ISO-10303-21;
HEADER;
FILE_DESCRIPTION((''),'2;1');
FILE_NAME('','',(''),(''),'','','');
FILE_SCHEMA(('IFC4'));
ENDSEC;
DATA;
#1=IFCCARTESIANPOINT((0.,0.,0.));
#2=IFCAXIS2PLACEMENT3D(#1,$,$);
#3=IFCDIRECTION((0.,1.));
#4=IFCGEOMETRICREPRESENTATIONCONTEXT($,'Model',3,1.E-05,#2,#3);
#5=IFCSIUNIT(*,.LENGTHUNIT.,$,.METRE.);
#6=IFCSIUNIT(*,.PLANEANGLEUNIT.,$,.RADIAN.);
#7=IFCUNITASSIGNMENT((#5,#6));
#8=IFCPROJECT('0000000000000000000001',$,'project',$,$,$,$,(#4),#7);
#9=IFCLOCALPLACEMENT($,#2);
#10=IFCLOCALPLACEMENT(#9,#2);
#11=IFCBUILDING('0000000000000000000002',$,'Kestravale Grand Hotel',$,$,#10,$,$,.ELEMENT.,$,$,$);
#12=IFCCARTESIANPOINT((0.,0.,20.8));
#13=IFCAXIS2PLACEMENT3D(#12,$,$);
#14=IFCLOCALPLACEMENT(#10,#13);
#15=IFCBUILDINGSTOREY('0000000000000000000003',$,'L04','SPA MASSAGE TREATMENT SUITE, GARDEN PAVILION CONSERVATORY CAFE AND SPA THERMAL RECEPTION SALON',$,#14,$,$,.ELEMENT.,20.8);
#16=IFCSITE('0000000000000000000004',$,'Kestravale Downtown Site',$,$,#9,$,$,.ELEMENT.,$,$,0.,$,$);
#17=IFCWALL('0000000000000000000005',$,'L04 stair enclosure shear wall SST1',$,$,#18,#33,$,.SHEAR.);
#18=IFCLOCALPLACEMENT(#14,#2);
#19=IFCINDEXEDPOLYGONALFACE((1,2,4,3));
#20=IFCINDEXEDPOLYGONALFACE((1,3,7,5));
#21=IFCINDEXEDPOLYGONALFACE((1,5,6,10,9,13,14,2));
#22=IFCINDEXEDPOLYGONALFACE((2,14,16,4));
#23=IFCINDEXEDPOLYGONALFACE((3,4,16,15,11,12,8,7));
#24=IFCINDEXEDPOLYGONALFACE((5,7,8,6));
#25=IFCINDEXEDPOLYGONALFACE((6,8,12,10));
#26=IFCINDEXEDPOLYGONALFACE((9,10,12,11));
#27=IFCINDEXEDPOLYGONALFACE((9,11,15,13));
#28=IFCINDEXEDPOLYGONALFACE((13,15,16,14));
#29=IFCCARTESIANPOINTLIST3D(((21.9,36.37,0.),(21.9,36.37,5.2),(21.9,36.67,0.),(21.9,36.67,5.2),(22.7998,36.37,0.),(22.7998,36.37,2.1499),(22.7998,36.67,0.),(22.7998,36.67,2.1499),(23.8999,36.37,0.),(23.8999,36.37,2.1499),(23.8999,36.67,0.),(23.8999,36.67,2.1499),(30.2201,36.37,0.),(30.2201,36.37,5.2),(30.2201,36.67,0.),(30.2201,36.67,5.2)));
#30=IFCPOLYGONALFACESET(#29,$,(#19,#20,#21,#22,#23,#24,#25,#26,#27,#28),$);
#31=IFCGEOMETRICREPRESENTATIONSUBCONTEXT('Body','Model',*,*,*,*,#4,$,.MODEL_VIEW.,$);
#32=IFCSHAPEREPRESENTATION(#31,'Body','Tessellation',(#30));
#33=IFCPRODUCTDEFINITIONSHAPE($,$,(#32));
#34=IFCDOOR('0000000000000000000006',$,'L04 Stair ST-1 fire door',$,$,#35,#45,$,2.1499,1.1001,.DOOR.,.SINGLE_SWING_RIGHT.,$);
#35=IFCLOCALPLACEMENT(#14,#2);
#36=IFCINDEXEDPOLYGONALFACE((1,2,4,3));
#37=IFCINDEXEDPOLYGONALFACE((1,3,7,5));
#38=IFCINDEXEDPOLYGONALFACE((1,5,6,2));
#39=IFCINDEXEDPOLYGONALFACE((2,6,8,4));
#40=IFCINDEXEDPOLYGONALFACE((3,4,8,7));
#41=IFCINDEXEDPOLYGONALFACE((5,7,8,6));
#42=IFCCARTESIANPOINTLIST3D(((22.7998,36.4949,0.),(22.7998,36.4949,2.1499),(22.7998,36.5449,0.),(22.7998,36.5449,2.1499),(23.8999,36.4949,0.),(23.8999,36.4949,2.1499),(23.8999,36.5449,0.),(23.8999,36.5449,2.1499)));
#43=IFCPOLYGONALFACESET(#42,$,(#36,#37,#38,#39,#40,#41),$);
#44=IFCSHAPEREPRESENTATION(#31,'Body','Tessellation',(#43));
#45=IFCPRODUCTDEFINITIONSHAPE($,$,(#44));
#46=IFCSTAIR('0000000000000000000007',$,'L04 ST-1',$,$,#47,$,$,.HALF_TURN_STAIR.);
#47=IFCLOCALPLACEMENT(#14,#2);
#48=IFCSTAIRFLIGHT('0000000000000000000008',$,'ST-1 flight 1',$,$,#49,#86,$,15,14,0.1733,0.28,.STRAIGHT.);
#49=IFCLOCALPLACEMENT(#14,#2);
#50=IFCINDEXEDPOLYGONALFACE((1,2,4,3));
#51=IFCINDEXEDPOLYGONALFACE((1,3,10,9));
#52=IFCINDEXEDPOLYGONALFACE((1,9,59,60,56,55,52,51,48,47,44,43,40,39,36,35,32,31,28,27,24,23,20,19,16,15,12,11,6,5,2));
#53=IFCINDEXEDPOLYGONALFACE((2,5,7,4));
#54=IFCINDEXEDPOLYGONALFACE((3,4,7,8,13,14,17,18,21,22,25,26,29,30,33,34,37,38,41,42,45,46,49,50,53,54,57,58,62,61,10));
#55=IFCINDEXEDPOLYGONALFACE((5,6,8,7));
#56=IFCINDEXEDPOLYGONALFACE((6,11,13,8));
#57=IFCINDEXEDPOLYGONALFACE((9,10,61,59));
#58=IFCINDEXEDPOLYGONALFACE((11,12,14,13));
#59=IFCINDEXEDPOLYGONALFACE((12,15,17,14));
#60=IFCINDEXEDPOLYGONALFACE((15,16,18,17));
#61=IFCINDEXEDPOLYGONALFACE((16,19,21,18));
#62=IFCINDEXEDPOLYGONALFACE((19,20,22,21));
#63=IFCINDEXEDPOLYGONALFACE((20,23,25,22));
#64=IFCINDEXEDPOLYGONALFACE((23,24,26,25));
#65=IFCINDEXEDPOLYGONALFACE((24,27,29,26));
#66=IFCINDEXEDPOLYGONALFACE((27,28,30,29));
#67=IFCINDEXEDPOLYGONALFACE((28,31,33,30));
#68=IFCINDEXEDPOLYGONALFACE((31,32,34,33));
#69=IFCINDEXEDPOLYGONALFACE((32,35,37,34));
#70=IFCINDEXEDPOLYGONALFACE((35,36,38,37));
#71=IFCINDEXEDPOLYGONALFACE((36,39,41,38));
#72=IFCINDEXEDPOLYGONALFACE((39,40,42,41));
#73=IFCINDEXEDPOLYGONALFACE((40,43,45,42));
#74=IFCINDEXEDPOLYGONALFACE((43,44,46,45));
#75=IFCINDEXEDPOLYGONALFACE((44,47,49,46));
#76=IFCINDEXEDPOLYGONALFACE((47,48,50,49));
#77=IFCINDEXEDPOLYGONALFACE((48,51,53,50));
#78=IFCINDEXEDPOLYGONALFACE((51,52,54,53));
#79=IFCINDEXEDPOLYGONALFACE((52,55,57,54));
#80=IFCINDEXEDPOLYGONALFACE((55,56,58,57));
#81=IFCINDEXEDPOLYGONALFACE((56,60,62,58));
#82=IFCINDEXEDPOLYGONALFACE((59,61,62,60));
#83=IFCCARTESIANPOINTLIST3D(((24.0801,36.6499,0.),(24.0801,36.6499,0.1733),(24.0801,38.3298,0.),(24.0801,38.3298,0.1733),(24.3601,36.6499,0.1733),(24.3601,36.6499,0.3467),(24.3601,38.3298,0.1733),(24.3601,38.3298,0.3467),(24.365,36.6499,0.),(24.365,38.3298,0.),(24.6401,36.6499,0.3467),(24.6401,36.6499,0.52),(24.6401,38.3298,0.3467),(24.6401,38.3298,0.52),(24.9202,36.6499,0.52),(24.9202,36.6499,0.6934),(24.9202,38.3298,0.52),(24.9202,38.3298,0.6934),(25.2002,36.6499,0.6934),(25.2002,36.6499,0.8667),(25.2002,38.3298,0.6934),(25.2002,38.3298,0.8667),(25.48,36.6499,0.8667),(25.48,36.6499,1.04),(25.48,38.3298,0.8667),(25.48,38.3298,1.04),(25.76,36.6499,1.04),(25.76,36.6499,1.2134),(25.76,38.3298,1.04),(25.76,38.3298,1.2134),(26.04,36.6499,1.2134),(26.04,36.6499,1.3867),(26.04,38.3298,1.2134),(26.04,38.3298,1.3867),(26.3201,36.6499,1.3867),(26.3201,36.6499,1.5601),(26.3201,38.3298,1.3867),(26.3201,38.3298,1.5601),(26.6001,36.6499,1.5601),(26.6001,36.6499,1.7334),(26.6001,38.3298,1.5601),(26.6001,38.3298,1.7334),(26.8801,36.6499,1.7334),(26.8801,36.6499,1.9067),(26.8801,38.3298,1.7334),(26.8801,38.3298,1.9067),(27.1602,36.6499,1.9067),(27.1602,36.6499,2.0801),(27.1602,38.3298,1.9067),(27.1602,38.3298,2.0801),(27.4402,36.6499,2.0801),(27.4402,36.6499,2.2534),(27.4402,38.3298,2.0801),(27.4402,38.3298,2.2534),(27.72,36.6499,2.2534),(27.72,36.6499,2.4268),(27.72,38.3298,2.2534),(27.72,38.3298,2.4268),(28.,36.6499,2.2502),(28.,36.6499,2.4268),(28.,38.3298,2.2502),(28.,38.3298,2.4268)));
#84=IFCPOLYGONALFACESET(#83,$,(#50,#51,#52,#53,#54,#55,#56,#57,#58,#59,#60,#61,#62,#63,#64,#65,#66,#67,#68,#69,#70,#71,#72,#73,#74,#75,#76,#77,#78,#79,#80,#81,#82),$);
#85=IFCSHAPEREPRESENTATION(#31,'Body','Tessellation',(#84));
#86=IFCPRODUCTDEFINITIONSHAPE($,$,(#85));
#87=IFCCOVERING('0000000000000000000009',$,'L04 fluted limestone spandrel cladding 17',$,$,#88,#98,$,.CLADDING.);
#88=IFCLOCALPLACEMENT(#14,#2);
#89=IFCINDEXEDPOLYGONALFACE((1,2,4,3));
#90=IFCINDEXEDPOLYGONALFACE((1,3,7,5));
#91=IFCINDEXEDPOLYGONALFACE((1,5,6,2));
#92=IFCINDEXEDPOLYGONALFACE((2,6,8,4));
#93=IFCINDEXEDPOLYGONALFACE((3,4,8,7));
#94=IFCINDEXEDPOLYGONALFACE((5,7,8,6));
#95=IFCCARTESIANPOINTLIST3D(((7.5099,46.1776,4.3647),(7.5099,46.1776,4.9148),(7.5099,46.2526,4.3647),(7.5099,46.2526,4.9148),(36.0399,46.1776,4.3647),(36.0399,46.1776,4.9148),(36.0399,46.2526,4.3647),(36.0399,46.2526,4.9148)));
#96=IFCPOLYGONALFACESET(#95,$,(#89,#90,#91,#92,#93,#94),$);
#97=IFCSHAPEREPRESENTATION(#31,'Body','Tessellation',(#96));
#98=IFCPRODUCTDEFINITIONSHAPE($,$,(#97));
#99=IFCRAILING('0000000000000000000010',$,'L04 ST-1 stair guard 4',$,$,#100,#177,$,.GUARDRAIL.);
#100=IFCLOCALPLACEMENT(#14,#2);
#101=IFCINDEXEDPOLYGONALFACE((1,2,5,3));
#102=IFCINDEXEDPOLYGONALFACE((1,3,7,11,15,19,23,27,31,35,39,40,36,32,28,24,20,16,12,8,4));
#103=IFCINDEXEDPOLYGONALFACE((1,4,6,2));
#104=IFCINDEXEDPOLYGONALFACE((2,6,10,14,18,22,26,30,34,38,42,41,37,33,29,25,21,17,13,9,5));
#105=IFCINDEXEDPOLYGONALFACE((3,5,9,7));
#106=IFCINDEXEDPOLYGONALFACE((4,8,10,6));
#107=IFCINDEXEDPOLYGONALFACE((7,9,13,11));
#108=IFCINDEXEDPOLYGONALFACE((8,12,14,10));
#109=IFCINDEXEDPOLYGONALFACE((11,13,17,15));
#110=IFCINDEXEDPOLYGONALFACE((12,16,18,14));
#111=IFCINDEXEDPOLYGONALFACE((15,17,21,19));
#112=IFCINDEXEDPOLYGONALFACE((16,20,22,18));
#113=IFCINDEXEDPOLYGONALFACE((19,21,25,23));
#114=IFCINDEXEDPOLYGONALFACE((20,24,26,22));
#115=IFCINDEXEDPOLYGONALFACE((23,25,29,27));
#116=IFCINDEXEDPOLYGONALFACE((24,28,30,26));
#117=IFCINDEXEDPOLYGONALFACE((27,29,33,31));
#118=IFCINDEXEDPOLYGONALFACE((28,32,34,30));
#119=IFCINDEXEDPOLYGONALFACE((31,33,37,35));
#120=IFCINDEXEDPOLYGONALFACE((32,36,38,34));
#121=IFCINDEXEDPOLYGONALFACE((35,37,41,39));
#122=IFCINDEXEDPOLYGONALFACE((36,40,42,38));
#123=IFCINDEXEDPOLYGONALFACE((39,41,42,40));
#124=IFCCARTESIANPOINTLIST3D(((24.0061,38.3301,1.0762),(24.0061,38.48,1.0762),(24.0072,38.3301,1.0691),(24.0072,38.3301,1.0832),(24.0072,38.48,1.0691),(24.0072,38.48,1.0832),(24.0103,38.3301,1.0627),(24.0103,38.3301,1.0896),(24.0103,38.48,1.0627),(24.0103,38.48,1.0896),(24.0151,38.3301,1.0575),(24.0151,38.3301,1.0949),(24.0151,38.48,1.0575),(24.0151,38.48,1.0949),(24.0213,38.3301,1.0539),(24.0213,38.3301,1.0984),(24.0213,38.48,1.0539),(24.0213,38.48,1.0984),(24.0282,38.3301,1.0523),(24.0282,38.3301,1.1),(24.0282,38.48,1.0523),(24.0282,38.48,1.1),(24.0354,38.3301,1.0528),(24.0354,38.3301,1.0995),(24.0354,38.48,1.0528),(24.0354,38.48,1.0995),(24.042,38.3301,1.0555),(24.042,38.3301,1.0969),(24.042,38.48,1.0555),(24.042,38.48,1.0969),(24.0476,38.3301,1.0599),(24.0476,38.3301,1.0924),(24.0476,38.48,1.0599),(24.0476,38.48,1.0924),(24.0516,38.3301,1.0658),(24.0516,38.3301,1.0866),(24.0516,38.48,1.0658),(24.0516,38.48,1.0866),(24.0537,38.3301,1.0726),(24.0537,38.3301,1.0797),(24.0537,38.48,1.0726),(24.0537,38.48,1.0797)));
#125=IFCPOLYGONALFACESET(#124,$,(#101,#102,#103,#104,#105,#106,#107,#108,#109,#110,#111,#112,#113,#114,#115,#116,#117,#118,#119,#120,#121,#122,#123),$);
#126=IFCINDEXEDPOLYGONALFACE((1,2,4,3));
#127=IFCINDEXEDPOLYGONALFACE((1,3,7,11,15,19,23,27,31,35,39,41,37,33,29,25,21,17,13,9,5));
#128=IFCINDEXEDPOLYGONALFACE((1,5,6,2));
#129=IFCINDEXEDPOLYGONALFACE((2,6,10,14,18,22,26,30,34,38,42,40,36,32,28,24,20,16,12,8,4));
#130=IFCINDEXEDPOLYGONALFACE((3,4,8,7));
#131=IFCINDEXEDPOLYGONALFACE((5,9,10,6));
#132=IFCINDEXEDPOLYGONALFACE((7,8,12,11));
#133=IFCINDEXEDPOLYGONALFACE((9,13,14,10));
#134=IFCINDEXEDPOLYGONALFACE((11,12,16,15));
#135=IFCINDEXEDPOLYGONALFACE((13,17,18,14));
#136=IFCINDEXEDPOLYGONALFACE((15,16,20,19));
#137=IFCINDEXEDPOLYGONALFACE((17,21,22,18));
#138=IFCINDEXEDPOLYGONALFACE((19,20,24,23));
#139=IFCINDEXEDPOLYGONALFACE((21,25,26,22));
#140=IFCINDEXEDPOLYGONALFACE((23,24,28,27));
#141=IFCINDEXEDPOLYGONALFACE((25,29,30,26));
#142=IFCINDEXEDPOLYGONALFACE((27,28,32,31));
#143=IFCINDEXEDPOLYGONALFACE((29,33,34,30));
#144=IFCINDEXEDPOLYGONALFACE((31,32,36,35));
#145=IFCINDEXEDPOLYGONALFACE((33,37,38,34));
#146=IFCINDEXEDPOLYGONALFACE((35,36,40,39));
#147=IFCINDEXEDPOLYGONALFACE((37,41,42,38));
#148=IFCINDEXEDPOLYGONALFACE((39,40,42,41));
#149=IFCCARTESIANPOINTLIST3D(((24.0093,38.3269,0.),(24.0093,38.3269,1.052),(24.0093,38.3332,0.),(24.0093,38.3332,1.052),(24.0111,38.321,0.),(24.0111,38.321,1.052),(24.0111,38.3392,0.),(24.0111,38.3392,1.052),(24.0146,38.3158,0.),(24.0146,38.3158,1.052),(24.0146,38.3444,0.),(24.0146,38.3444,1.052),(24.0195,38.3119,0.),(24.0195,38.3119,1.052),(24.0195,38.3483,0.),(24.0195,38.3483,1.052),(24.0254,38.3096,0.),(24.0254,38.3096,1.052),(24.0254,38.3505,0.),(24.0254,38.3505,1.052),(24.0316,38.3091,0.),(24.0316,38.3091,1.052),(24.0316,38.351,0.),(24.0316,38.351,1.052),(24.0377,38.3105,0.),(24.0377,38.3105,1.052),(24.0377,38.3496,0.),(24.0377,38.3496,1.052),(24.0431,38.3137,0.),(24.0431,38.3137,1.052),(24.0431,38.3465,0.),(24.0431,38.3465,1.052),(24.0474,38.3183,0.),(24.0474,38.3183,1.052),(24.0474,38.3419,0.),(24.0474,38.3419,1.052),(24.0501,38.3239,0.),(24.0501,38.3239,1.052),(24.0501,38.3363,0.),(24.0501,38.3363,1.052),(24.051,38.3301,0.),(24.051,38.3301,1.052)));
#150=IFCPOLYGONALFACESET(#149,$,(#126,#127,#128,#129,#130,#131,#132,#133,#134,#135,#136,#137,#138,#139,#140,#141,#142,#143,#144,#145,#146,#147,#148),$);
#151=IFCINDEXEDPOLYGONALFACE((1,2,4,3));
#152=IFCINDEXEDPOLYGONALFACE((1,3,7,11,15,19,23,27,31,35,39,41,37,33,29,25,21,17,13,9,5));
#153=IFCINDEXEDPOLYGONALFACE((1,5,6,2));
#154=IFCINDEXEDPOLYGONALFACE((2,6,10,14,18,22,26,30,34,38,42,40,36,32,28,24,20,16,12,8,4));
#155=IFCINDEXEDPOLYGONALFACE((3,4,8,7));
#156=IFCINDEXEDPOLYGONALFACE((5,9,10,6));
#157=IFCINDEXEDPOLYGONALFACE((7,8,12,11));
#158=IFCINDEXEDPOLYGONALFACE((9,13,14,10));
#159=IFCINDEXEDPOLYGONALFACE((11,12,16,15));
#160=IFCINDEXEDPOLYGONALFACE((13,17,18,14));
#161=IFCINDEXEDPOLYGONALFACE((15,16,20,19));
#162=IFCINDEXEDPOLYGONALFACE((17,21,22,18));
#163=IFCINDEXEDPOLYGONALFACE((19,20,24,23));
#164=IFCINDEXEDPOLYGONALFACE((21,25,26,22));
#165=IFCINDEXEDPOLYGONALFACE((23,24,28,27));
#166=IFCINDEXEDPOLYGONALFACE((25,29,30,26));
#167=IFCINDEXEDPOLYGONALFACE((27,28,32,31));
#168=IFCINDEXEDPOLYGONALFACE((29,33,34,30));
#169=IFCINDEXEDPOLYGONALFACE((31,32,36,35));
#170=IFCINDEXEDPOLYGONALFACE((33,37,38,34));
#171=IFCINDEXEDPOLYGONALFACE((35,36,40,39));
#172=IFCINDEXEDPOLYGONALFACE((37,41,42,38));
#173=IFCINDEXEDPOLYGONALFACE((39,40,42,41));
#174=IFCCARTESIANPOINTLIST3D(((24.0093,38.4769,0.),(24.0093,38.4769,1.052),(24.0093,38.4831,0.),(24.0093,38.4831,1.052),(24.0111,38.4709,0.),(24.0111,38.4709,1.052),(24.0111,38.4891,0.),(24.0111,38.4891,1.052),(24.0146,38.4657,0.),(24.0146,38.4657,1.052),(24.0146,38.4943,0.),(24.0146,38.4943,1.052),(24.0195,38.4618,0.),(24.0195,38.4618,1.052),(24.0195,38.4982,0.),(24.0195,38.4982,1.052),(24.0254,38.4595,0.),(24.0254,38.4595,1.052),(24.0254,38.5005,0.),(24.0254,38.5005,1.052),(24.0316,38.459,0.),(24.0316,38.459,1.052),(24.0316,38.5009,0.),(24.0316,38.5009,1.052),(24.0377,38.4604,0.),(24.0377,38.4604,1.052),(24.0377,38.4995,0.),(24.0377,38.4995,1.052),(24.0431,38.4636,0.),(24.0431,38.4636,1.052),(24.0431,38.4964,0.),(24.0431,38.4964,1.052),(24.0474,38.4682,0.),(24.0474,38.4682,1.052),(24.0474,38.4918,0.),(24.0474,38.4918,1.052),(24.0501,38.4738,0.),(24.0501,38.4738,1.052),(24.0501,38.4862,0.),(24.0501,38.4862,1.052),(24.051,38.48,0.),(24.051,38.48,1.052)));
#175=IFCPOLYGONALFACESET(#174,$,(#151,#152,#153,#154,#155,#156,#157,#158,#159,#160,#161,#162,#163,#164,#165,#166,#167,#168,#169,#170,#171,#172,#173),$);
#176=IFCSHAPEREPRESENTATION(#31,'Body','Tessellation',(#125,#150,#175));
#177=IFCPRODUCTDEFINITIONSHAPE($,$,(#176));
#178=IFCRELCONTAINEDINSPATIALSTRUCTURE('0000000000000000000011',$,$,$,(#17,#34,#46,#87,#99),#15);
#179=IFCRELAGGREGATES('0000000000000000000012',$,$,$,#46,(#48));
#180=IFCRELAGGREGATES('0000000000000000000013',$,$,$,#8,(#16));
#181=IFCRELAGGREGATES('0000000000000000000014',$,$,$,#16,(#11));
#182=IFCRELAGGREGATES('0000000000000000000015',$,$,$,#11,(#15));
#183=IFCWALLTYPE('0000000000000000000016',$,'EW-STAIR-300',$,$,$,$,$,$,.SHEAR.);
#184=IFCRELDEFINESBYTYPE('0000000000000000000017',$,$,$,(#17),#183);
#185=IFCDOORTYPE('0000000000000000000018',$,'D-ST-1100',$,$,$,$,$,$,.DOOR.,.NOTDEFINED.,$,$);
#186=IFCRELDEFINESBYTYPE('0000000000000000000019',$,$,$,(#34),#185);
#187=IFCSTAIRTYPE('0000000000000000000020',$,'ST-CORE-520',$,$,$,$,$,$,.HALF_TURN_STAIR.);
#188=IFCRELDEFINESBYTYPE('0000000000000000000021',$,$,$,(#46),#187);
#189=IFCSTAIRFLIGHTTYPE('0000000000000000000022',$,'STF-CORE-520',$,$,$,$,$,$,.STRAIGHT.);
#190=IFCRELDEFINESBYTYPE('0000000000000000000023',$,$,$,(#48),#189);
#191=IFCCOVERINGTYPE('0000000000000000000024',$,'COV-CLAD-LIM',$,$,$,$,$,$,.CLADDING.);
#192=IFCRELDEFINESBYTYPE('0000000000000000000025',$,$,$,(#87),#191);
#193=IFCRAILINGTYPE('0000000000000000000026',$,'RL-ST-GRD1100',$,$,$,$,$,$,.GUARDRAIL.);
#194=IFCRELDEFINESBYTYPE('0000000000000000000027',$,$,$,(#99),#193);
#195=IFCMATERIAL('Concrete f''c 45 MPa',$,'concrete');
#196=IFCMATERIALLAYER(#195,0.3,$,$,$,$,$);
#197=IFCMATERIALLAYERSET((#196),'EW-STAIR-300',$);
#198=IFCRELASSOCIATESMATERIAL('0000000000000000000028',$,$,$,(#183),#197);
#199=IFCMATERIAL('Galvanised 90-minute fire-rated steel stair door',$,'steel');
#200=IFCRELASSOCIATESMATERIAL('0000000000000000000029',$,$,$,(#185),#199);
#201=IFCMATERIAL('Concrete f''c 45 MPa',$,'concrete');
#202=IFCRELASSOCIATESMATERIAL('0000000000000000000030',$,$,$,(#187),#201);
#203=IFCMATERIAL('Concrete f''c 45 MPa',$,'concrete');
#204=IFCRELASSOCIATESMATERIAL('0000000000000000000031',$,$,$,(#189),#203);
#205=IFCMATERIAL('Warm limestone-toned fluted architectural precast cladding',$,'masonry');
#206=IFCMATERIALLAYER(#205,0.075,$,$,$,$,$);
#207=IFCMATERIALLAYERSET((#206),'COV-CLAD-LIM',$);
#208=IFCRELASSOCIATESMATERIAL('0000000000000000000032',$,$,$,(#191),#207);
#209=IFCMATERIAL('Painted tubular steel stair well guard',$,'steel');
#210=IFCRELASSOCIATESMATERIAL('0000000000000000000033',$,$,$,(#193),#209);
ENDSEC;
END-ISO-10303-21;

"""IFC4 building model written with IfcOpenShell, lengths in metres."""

from ifc_helpers import new_model, si_unit, direction, frame, frame_2d, origin, origin_2d, place, context, subcontext, project, spatial, polyline, rectangle, circle, outline, extrude, material, layer, layer_set, type_object, element, fill, aggregate, save


model = new_model("IFC4")

# Units and contexts
model_context = context("Model", 3, precision=1e-05, world=origin(), true_north=direction((0.0, 1.0)))
body_context = subcontext(model_context, "Body", "Model", "MODEL_VIEW")
ifc_project = project(units=[si_unit("LENGTHUNIT", "METRE"), si_unit("PLANEANGLEUNIT", "RADIAN")], contexts=[model_context])

# Site, building, storey
site_placement = place(None, origin())
site = spatial("IfcSite", under=ifc_project, at=site_placement, Name="Kestravale Downtown Site", CompositionType="ELEMENT", RefElevation=0.0)
building_placement = place(site_placement, origin())
building = spatial("IfcBuilding", under=site, at=building_placement, Name="Kestravale Grand Hotel", CompositionType="ELEMENT")
storey_placement = place(building_placement, frame((0.0, 0.0, 20.8)))
storey = spatial("IfcBuildingStorey", under=building, at=storey_placement, Name="L04", Description="SPA MASSAGE TREATMENT SUITE, GARDEN PAVILION CONSERVATORY CAFE AND SPA THERMAL RECEPTION SALON", CompositionType="ELEMENT", Elevation=20.8)

# Wall, opening, door
ifc_material_1 = material(Name="Concrete f'c 45 MPa", Category="concrete")
ifc_layer_1 = layer(ifc_material_1, 0.3)
ifc_layer_set_1 = layer_set([ifc_layer_1], Name="EW-STAIR-300")
wall_type_1 = type_object("IfcWallType", Name="EW-STAIR-300", PredefinedType="SHEAR", material=ifc_layer_set_1)
wall_1_placement = place(storey_placement, frame((21.8999, 36.52, 0.0), z_axis=(0.0, 0.0, 1.0), x_axis=(1.0, 0.0, 0.0)))
wall_1 = element("IfcWall", 1, at=wall_1_placement, inside=storey, type_object=wall_type_1, Name="L04 stair enclosure shear wall SST1", PredefinedType="SHEAR", context=body_context, shape_type="SweptSolid", body=[
    extrude(rectangle(XDim=8.3201, YDim=0.3, at=frame_2d((4.1602, 0.0))), origin(), (0.0, 0.0, 1.0), 5.2),
])
opening_1_placement = place(wall_1_placement, frame((0.8999, 0.0, 0.0)))
opening_1 = element("IfcOpeningElement", 2, at=opening_1_placement, cuts=wall_1, PredefinedType="OPENING", context=body_context, shape_type="SweptSolid", body=[
    extrude(rectangle(XDim=1.1001, YDim=2.1499, at=frame_2d((0.55, 1.075))), frame((0.0, 0.1599, 0.0), z_axis=(0.0, -1.0, 0.0), x_axis=(1.0, 0.0, 0.0)), (0.0, 0.0, 1.0), 0.3201),
])
ifc_material_2 = material(Name="Galvanised 90-minute fire-rated steel stair door", Category="steel")
door_type_1 = type_object("IfcDoorType", Name="D-ST-1100", OperationType="NOTDEFINED", PredefinedType="DOOR", material=ifc_material_2)
door_1_placement = place(opening_1_placement, origin())
door_1 = element("IfcDoor", 3, at=door_1_placement, inside=storey, type_object=door_type_1, Name="L04 Stair ST-1 fire door", OperationType="SINGLE_SWING_RIGHT", OverallHeight=2.1499, OverallWidth=1.1001, PredefinedType="DOOR", context=body_context, shape_type="SweptSolid", body=[
    extrude(rectangle(XDim=1.1001, YDim=2.1499, at=frame_2d((0.55, 1.075))), frame((0.0, 0.0249, 0.0), z_axis=(0.0, -1.0, 0.0), x_axis=(1.0, 0.0, 0.0)), (0.0, 0.0, 1.0), 0.05),
])
fill(opening_1, door_1)

# Stair, stair flight
ifc_material_3 = material(Name="Concrete f'c 45 MPa", Category="concrete")
stair_type = type_object("IfcStairType", Name="ST-CORE-520", PredefinedType="HALF_TURN_STAIR", material=ifc_material_3)
stair_placement = place(storey_placement, origin())
stair = element("IfcStair", 4, at=stair_placement, inside=storey, type_object=stair_type, Name="L04 ST-1", PredefinedType="HALF_TURN_STAIR")
ifc_material_4 = material(Name="Concrete f'c 45 MPa", Category="concrete")
stair_flight_type = type_object("IfcStairFlightType", Name="STF-CORE-520", PredefinedType="STRAIGHT", material=ifc_material_4)
stair_flight_placement = place(storey_placement, frame((24.0801, 37.49, 0.0), z_axis=(0.0, 0.0, 1.0), x_axis=(1.0, 0.0, 0.0)))
stair_flight = element("IfcStairFlight", 5, at=stair_flight_placement, type_object=stair_flight_type, Name="ST-1 flight 1", NumberOfRisers=15, NumberOfTreads=14, PredefinedType="STRAIGHT", RiserHeight=0.1733, TreadLength=0.28, context=body_context, shape_type="SweptSolid", body=[
    extrude(outline(polyline([(0.0, 0.0), (0.0, 0.1733), (0.28, 0.1733), (0.28, 0.3467), (0.5601, 0.3467), (0.5601, 0.52), (0.8401, 0.52), (0.8401, 0.6934), (1.1201, 0.6934), (1.1201, 0.8667), (1.3999, 0.8667), (1.3999, 1.04), (1.6799, 1.04), (1.6799, 1.2134), (1.96, 1.2134), (1.96, 1.3867), (2.24, 1.3867), (2.24, 1.5601), (2.52, 1.5601), (2.52, 1.7334), (2.8, 1.7334), (2.8, 1.9067), (3.0801, 1.9067), (3.0801, 2.0801), (3.3601, 2.0801), (3.3601, 2.2534), (3.6399, 2.2534), (3.6399, 2.4268), (3.9199, 2.4268), (3.9199, 2.6001), (3.9199, 2.2502), (0.2849, 0.0), (0.0, 0.0)])), frame((0.0, 0.8398, 0.0), z_axis=(0.0, -1.0, 0.0), x_axis=(1.0, 0.0, 0.0)), (0.0, 0.0, 1.0), 1.6799),
])
aggregate(stair, [stair_flight])

# Covering
ifc_material_5 = material(Name="Warm limestone-toned fluted architectural precast cladding", Category="masonry")
ifc_layer_2 = layer(ifc_material_5, 0.075)
ifc_layer_set_2 = layer_set([ifc_layer_2], Name="COV-CLAD-LIM")
covering_type = type_object("IfcCoveringType", Name="COV-CLAD-LIM", PredefinedType="CLADDING", material=ifc_layer_set_2)
covering_placement = place(storey_placement, frame((21.7749, 46.2151, 4.3647), z_axis=(0.0, 0.0, 1.0), x_axis=(-1.0, 0.0, 0.0)))
element("IfcCovering", 6, at=covering_placement, inside=storey, type_object=covering_type, Name="L04 fluted limestone spandrel cladding 17", PredefinedType="CLADDING", context=body_context, shape_type="SweptSolid", body=[
    extrude(rectangle(XDim=28.53, YDim=0.075, at=origin_2d()), origin(), (0.0, 0.0, 1.0), 0.55),
])

# Railing
ifc_material_6 = material(Name="Painted tubular steel stair well guard", Category="steel")
railing_type_1 = type_object("IfcRailingType", Name="RL-ST-GRD1100", PredefinedType="GUARDRAIL", material=ifc_material_6)
railing_1_placement = place(storey_placement, frame((24.03, 38.3301, 0.0)))
element("IfcRailing", 7, at=railing_1_placement, inside=storey, type_object=railing_type_1, Name="L04 ST-1 stair guard 4", PredefinedType="GUARDRAIL", context=body_context, shape_type="SweptSolid", body=[
    extrude(circle(Radius=0.0239, at=origin_2d()), frame((0.0, 0.0, 1.0762), z_axis=(0.0, 1.0, 0.0), x_axis=(-1.0, 0.0, 0.0)), (0.0, 0.0, 1.0), 0.1499),
    extrude(circle(Radius=0.021, at=origin_2d()), origin(), (0.0, 0.0, 1.0), 1.052),
    extrude(circle(Radius=0.021, at=origin_2d()), frame((0.0, 0.1499, 0.0)), (0.0, 0.0, 1.0), 1.052),
])

save(model, "model.ifc")
